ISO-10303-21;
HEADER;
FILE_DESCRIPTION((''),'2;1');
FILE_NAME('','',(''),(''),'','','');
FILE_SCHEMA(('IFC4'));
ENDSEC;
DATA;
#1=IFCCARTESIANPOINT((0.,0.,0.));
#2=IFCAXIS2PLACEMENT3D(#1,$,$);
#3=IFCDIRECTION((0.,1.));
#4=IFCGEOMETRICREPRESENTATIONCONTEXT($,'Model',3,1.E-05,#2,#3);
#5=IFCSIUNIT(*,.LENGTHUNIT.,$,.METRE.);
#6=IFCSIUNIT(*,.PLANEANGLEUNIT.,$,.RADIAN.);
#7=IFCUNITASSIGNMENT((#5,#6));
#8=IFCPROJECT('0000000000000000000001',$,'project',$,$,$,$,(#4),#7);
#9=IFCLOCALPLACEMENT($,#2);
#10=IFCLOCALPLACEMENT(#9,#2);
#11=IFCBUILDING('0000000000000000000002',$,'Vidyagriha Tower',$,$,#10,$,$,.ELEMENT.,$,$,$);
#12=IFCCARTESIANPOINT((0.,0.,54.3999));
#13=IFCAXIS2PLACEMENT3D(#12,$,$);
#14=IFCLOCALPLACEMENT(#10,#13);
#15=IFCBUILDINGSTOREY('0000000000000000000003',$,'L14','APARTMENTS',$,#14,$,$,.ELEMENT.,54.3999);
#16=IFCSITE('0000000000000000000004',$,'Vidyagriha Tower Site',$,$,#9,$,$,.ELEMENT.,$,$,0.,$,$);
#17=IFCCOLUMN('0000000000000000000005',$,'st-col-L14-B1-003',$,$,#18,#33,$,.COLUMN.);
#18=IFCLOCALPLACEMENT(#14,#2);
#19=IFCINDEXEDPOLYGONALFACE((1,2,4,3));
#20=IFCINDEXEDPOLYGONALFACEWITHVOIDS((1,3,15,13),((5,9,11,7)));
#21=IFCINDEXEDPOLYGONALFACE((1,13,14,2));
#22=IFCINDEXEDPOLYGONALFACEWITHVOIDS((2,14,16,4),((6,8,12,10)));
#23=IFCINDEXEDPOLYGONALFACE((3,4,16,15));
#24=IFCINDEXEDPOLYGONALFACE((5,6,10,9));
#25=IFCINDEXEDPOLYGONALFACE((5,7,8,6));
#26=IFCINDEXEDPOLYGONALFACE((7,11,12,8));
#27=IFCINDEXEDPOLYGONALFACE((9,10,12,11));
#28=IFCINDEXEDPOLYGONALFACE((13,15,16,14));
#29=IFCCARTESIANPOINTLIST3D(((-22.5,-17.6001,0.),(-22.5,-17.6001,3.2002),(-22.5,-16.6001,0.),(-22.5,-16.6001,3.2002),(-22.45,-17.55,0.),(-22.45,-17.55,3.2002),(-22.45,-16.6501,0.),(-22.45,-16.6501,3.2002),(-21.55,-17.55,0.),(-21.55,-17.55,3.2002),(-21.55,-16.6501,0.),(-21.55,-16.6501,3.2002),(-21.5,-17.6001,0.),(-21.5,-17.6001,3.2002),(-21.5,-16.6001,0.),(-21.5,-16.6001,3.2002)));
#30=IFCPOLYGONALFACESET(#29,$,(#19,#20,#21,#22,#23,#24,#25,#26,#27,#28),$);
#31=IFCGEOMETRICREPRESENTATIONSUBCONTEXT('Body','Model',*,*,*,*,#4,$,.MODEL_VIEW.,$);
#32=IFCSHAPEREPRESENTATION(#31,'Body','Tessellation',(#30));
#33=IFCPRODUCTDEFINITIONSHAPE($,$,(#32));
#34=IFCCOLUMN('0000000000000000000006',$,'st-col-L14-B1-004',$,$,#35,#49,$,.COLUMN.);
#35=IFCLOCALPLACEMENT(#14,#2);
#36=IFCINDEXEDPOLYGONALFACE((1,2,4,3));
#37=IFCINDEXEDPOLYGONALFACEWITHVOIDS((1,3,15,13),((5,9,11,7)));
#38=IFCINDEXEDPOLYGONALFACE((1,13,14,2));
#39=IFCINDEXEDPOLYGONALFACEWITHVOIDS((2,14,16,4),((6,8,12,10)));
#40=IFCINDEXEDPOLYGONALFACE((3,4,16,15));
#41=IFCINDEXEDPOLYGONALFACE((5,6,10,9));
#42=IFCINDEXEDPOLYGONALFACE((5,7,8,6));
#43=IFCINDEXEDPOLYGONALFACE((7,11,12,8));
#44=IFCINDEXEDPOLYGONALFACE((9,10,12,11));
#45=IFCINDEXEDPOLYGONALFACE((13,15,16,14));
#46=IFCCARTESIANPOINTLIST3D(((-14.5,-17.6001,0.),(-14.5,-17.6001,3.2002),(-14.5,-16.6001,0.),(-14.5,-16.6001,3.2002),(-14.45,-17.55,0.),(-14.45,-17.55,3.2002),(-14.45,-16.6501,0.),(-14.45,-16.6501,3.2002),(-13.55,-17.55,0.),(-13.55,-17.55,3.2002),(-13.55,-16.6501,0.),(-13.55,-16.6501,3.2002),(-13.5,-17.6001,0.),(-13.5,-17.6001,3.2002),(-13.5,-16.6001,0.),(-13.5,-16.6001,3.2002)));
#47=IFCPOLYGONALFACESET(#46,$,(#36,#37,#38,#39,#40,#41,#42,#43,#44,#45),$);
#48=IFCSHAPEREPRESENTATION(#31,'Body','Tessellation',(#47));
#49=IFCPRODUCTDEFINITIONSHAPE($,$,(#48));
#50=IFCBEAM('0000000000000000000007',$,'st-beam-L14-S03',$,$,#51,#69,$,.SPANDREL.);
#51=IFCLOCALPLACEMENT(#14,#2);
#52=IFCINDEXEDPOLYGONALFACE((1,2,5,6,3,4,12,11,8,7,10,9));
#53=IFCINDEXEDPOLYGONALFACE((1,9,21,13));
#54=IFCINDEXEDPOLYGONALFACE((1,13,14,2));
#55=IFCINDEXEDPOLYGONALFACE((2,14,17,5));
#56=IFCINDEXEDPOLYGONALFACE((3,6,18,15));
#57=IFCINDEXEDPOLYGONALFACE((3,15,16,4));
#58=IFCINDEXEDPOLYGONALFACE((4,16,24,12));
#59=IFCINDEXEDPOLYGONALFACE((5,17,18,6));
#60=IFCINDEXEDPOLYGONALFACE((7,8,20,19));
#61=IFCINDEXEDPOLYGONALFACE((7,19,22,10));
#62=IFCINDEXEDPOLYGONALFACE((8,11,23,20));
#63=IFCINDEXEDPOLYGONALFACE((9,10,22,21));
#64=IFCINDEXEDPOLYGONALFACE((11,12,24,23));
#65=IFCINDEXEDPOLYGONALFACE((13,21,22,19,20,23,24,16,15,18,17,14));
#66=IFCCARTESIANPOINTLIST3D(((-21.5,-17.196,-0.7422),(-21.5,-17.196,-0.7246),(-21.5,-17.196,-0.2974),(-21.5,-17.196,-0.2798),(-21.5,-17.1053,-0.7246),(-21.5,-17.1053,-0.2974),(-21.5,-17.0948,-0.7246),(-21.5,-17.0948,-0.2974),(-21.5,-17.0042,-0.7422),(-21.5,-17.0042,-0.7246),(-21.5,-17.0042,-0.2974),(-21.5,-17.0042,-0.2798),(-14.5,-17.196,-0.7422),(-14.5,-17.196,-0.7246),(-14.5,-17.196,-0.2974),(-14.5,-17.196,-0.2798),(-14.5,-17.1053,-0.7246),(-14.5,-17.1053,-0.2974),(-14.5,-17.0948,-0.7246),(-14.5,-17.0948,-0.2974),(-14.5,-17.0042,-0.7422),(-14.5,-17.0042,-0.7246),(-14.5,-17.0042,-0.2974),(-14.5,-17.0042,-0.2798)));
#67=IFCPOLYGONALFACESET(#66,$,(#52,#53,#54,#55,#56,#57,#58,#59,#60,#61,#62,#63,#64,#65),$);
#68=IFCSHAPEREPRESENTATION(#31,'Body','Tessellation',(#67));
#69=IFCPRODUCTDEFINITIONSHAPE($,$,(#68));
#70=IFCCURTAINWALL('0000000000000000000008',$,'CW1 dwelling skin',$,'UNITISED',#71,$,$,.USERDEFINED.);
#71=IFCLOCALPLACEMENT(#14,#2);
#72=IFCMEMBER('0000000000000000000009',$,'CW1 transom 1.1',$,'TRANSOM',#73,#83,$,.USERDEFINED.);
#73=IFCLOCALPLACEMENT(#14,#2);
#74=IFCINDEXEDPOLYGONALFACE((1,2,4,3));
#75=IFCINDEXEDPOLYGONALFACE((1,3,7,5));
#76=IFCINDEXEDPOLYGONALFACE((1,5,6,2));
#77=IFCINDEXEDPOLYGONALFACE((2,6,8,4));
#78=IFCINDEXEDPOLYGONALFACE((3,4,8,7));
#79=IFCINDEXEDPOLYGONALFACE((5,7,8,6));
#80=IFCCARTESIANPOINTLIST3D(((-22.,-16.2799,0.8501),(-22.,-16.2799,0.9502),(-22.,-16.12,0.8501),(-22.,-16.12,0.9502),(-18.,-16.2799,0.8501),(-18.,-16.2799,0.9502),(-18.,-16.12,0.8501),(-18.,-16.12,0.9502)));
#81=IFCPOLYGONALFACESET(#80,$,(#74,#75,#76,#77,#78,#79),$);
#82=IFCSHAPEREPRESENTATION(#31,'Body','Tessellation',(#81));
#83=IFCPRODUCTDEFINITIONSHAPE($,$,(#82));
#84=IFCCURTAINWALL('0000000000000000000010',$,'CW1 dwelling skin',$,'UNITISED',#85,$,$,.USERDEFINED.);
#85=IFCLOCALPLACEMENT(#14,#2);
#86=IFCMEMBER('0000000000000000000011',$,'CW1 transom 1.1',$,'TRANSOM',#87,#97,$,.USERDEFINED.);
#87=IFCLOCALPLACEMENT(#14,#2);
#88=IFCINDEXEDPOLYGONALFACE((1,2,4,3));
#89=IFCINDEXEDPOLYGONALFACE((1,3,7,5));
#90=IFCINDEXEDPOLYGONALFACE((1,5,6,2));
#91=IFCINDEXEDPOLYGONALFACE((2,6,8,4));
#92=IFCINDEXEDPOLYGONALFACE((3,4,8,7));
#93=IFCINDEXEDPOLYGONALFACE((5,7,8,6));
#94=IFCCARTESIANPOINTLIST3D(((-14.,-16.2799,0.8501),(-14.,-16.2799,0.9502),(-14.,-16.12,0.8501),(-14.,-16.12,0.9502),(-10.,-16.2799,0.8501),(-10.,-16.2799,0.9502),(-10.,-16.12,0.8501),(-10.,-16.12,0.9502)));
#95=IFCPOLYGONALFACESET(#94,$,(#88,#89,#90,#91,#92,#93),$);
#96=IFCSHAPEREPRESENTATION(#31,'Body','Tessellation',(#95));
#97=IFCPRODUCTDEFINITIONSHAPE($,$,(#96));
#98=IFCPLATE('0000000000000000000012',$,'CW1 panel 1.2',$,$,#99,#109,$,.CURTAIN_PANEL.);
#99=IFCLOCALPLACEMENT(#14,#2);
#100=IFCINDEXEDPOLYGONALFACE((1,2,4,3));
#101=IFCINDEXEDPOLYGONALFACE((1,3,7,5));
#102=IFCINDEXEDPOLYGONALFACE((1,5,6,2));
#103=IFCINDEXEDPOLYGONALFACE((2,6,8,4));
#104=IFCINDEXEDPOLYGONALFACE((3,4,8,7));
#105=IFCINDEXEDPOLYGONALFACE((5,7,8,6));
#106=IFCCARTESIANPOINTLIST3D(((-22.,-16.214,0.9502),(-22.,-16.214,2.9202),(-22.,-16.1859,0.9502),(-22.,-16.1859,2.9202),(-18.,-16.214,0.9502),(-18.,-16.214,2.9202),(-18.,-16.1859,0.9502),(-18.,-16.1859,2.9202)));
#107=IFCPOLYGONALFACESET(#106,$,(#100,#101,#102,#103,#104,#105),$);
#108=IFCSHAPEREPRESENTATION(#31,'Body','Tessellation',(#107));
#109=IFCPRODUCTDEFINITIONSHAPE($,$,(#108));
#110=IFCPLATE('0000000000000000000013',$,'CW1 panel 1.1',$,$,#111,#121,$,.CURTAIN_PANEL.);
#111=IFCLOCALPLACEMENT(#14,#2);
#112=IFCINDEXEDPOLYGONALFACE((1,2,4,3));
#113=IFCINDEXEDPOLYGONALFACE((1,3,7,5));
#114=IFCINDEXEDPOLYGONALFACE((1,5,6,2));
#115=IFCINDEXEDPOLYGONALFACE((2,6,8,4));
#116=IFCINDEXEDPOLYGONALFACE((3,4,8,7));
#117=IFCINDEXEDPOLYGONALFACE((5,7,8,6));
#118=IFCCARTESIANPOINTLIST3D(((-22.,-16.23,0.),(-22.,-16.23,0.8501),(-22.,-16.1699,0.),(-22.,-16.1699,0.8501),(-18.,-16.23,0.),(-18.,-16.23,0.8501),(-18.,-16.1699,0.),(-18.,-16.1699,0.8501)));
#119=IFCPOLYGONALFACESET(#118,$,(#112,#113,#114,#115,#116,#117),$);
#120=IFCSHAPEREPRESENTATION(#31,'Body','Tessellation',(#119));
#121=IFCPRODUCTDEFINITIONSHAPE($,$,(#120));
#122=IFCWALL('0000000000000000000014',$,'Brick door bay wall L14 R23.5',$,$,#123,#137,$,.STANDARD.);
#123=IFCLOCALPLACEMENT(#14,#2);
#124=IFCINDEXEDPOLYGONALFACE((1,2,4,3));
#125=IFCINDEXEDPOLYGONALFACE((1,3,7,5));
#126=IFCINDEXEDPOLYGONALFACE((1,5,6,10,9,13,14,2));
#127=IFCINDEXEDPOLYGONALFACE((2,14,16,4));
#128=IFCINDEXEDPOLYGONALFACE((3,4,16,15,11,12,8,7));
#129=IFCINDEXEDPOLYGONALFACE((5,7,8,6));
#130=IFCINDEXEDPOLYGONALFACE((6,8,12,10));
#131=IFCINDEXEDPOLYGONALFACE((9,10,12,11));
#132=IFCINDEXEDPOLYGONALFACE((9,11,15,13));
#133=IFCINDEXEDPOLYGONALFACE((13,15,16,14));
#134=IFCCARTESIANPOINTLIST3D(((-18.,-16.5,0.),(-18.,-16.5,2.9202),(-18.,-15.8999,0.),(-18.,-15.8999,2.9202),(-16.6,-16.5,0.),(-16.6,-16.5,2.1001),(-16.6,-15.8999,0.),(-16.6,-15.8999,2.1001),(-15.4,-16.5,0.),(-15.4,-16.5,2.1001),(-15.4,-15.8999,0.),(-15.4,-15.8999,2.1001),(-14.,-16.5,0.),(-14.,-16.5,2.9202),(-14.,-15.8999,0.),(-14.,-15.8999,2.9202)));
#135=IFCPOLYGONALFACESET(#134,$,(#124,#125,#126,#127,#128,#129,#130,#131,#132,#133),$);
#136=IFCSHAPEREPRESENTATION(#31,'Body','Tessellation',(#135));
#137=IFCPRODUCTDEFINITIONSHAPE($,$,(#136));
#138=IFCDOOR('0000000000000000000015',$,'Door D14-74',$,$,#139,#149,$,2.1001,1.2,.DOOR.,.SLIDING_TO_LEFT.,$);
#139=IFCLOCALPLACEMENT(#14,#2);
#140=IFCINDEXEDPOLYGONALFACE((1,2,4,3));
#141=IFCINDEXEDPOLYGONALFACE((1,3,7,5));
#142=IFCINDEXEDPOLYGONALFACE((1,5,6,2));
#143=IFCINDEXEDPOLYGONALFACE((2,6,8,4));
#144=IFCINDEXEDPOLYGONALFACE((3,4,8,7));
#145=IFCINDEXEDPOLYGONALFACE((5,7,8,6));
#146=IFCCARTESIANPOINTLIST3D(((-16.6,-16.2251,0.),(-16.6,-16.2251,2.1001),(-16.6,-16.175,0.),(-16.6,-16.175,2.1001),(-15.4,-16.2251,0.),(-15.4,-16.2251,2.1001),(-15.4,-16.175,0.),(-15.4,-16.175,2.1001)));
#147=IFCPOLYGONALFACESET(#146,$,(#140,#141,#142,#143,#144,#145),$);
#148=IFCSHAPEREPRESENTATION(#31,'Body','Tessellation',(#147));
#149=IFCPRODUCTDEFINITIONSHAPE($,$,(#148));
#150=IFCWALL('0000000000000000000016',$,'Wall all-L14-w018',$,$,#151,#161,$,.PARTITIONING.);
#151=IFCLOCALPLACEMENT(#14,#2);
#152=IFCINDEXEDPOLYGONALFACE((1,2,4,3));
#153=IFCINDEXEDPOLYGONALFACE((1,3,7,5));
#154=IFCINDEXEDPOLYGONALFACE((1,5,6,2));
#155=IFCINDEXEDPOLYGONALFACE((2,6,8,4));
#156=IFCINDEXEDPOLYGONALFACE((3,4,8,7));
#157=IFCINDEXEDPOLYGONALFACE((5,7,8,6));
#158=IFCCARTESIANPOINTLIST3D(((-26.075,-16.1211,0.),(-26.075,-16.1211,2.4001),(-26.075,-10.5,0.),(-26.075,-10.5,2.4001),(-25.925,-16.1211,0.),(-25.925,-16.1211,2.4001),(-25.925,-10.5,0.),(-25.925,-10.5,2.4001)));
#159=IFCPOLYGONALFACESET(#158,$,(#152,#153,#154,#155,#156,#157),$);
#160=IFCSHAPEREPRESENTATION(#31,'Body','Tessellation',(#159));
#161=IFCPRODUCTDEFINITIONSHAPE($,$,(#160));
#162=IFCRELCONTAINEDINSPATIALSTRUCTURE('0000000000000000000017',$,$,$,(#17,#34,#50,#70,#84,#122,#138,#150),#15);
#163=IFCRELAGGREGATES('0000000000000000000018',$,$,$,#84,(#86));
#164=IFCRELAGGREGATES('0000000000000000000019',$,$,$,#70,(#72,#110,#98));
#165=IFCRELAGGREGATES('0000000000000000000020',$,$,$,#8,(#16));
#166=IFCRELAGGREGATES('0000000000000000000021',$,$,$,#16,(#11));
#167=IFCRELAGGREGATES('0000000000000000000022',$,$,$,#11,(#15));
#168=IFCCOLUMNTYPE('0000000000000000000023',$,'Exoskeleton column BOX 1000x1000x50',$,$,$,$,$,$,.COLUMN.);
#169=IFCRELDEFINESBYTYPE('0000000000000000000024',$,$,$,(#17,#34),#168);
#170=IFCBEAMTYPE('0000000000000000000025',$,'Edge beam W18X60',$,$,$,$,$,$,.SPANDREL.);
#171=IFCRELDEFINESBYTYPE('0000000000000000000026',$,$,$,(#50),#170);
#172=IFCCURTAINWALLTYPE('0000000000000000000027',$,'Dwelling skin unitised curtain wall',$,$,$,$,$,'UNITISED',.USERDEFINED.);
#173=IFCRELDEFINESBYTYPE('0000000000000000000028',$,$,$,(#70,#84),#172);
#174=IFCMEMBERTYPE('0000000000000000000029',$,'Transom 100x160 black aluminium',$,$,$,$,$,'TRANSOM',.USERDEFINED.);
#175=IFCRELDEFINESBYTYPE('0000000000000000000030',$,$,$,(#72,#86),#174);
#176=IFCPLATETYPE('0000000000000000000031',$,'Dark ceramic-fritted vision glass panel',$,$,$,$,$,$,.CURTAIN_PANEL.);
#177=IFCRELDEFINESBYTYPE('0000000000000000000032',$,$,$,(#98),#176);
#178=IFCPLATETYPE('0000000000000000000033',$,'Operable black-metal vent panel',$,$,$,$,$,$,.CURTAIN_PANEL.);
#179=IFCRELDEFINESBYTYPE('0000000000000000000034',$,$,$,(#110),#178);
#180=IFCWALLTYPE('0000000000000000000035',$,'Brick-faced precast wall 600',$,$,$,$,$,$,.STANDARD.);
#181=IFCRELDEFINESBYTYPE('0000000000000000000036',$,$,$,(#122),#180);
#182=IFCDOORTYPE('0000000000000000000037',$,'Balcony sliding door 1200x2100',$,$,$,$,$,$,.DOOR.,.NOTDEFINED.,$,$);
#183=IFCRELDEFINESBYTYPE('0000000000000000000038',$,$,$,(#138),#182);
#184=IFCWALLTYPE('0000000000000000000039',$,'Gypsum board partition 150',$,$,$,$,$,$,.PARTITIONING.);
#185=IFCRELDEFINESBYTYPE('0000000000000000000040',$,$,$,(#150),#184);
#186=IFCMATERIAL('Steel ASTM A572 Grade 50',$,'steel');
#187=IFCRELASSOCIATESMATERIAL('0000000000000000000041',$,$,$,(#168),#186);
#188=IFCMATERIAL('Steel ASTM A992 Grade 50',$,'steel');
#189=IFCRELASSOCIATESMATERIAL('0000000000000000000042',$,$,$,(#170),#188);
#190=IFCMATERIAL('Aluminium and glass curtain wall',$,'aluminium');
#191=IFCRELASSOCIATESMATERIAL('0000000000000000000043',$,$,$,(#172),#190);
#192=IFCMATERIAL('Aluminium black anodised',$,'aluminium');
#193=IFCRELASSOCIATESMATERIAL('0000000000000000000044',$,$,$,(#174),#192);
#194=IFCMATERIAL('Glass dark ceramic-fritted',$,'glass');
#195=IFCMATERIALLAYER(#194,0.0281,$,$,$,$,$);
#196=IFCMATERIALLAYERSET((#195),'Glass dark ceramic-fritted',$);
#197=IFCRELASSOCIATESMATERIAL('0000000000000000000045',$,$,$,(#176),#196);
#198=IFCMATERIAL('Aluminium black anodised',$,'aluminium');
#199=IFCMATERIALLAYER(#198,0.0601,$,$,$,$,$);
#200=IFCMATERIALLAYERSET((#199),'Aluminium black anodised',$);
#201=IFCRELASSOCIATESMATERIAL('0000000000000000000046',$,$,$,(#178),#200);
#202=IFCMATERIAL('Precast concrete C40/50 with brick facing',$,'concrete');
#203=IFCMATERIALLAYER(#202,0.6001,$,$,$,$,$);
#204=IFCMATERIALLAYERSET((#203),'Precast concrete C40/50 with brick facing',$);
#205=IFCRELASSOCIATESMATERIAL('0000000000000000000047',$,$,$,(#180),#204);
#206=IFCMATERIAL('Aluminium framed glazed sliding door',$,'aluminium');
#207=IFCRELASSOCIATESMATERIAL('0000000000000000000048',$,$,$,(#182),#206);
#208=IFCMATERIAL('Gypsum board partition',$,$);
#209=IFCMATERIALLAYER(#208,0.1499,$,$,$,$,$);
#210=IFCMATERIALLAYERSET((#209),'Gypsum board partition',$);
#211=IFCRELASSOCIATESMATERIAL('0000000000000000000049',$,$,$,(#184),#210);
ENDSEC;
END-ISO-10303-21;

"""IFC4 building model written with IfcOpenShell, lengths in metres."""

from ifc_helpers import new_model, si_unit, direction, frame, frame_2d, origin, origin_2d, place, context, subcontext, project, spatial, rectangle, hollow_rectangle, i_section, extrude, material, layer, layer_set, material_profile, profile_set, type_object, element, fill, aggregate, save


model = new_model("IFC4")

# Units and contexts
model_context = context("Model", 3, precision=1e-05, world=origin(), true_north=direction((0.0, 1.0)))
body_context = subcontext(model_context, "Body", "Model", "MODEL_VIEW")
ifc_project = project(units=[si_unit("LENGTHUNIT", "METRE"), si_unit("PLANEANGLEUNIT", "RADIAN")], contexts=[model_context])

# Site, building, storey
site_placement = place(None, origin())
site = spatial("IfcSite", under=ifc_project, at=site_placement, Name="Vidyagriha Tower Site", CompositionType="ELEMENT", RefElevation=0.0)
building_placement = place(site_placement, origin())
building = spatial("IfcBuilding", under=site, at=building_placement, Name="Vidyagriha Tower", CompositionType="ELEMENT")
storey_placement = place(building_placement, frame((0.0, 0.0, 54.3999)))
storey = spatial("IfcBuildingStorey", under=building, at=storey_placement, Name="L14", Description="APARTMENTS", CompositionType="ELEMENT", Elevation=54.3999)

# Columns
ifc_material_1 = material(Name="Steel ASTM A572 Grade 50", Category="steel")
ifc_material_profile_1 = material_profile(ifc_material_1, hollow_rectangle(XDim=1.0, YDim=1.0, WallThickness=0.05, at=origin_2d()), Name="BOX 1000x1000x50")
ifc_profile_set_1 = profile_set([ifc_material_profile_1], Name="Steel ASTM A572 Grade 50")
column_type = type_object("IfcColumnType", Name="Exoskeleton column BOX 1000x1000x50", PredefinedType="COLUMN", material=ifc_profile_set_1)
for number, where, name in (
    (1, (-22.0, -17.1001, 0.0), "st-col-L14-B1-003"),
    (2, (-14.0, -17.1001, 0.0), "st-col-L14-B1-004"),
):
    element("IfcColumn", number, at=place(storey_placement, frame(where)), inside=storey, type_object=column_type, Name=name, PredefinedType="COLUMN", context=body_context, shape_type="SweptSolid", body=[
        extrude(hollow_rectangle(XDim=1.0, YDim=1.0, WallThickness=0.05, at=origin_2d()), origin(), (0.0, 0.0, 1.0), 3.2002),
    ])

# Beam
ifc_material_2 = material(Name="Steel ASTM A992 Grade 50", Category="steel")
ifc_material_profile_2 = material_profile(ifc_material_2, i_section(OverallWidth=0.1919, OverallDepth=0.4624, WebThickness=0.0105, FlangeThickness=0.0176, at=origin_2d()), Name="W18X60")
ifc_profile_set_2 = profile_set([ifc_material_profile_2], Name="Steel ASTM A992 Grade 50")
beam_type = type_object("IfcBeamType", Name="Edge beam W18X60", PredefinedType="SPANDREL", material=ifc_profile_set_2)
beam_placement = place(storey_placement, frame((-21.5, -17.1001, -0.511), z_axis=(1.0, 0.0, 0.0), x_axis=(0.0, 1.0, 0.0)))
element("IfcBeam", 3, at=beam_placement, inside=storey, type_object=beam_type, Name="st-beam-L14-S03", PredefinedType="SPANDREL", context=body_context, shape_type="SweptSolid", body=[
    extrude(i_section(OverallWidth=0.1919, OverallDepth=0.4624, WebThickness=0.0105, FlangeThickness=0.0176, at=origin_2d()), origin(), (0.0, 0.0, 1.0), 7.0),
])

# Curtain walls, members
ifc_material_3 = material(Name="Aluminium and glass curtain wall", Category="aluminium")
curtain_wall_type = type_object("IfcCurtainWallType", Name="Dwelling skin unitised curtain wall", ElementType="UNITISED", PredefinedType="USERDEFINED", material=ifc_material_3)
curtain_wall_1_placement = place(storey_placement, origin())
curtain_wall_1 = element("IfcCurtainWall", 4, at=curtain_wall_1_placement, inside=storey, type_object=curtain_wall_type, Name="CW1 dwelling skin", ObjectType="UNITISED", PredefinedType="USERDEFINED")
ifc_material_4 = material(Name="Aluminium black anodised", Category="aluminium")
ifc_material_profile_3 = material_profile(ifc_material_4, rectangle(XDim=0.1599, YDim=0.1001, at=origin_2d()), Name="Transom 100x160 black aluminium")
ifc_profile_set_3 = profile_set([ifc_material_profile_3], Name="Aluminium black anodised")
member_type = type_object("IfcMemberType", Name="Transom 100x160 black aluminium", ElementType="TRANSOM", PredefinedType="USERDEFINED", material=ifc_profile_set_3)
member_1_placement = place(storey_placement, frame((-22.0, -16.2, 0.9001), z_axis=(1.0, 0.0, 0.0), x_axis=(0.0, 1.0, 0.0)))
member_1 = element("IfcMember", 5, at=member_1_placement, type_object=member_type, Name="CW1 transom 1.1", ObjectType="TRANSOM", PredefinedType="USERDEFINED", context=body_context, shape_type="SweptSolid", body=[
    extrude(rectangle(XDim=0.1599, YDim=0.1001, at=origin_2d()), origin(), (0.0, 0.0, 1.0), 4.0),
])
curtain_wall_2_placement = place(storey_placement, origin())
curtain_wall_2 = element("IfcCurtainWall", 6, at=curtain_wall_2_placement, inside=storey, type_object=curtain_wall_type, Name="CW1 dwelling skin", ObjectType="UNITISED", PredefinedType="USERDEFINED")
member_2_placement = place(storey_placement, frame((-14.0, -16.2, 0.9001), z_axis=(1.0, 0.0, 0.0), x_axis=(0.0, 1.0, 0.0)))
member_2 = element("IfcMember", 7, at=member_2_placement, type_object=member_type, Name="CW1 transom 1.1", ObjectType="TRANSOM", PredefinedType="USERDEFINED", context=body_context, shape_type="SweptSolid", body=[
    extrude(rectangle(XDim=0.1599, YDim=0.1001, at=origin_2d()), origin(), (0.0, 0.0, 1.0), 4.0),
])
aggregate(curtain_wall_2, [member_2])

# Plates
ifc_material_5 = material(Name="Glass dark ceramic-fritted", Category="glass")
ifc_layer_1 = layer(ifc_material_5, 0.0281)
ifc_layer_set_1 = layer_set([ifc_layer_1], Name="Glass dark ceramic-fritted")
plate_type_1 = type_object("IfcPlateType", Name="Dark ceramic-fritted vision glass panel", PredefinedType="CURTAIN_PANEL", material=ifc_layer_set_1)
plate_1_placement = place(storey_placement, frame((-20.0, -16.2, 0.9502)))
plate_1 = element("IfcPlate", 8, at=plate_1_placement, type_object=plate_type_1, Name="CW1 panel 1.2", PredefinedType="CURTAIN_PANEL", context=body_context, shape_type="SweptSolid", body=[
    extrude(rectangle(XDim=4.0, YDim=0.0281, at=origin_2d()), origin(), (0.0, 0.0, 1.0), 1.97),
])
ifc_material_6 = material(Name="Aluminium black anodised", Category="aluminium")
ifc_layer_2 = layer(ifc_material_6, 0.0601)
ifc_layer_set_2 = layer_set([ifc_layer_2], Name="Aluminium black anodised")
plate_type_2 = type_object("IfcPlateType", Name="Operable black-metal vent panel", PredefinedType="CURTAIN_PANEL", material=ifc_layer_set_2)
plate_2_placement = place(storey_placement, frame((-20.0, -16.2, 0.0)))
plate_2 = element("IfcPlate", 9, at=plate_2_placement, type_object=plate_type_2, Name="CW1 panel 1.1", PredefinedType="CURTAIN_PANEL", context=body_context, shape_type="SweptSolid", body=[
    extrude(rectangle(XDim=4.0, YDim=0.0601, at=origin_2d()), origin(), (0.0, 0.0, 1.0), 0.8501),
])
aggregate(curtain_wall_1, [member_1, plate_2, plate_1])

# Wall, opening, door
ifc_material_7 = material(Name="Precast concrete C40/50 with brick facing", Category="concrete")
ifc_layer_3 = layer(ifc_material_7, 0.6001)
ifc_layer_set_3 = layer_set([ifc_layer_3], Name="Precast concrete C40/50 with brick facing")
wall_type_1 = type_object("IfcWallType", Name="Brick-faced precast wall 600", PredefinedType="STANDARD", material=ifc_layer_set_3)
wall_1_placement = place(storey_placement, frame((-18.0, -16.2, 0.0)))
wall_1 = element("IfcWall", 10, at=wall_1_placement, inside=storey, type_object=wall_type_1, Name="Brick door bay wall L14 R23.5", PredefinedType="STANDARD", context=body_context, shape_type="SweptSolid", body=[
    extrude(rectangle(XDim=4.0, YDim=0.6001, at=frame_2d((2.0, 0.0))), origin(), (0.0, 0.0, 1.0), 2.9202),
])
opening_placement = place(wall_1_placement, frame((1.3999, 0.0, 0.0)))
opening = element("IfcOpeningElement", 11, at=opening_placement, cuts=wall_1, PredefinedType="OPENING", context=body_context, shape_type="SweptSolid", body=[
    extrude(rectangle(XDim=1.2, YDim=2.1001, at=frame_2d((0.6001, 1.05))), frame((0.0, 0.3101, 0.0), z_axis=(0.0, -1.0, 0.0), x_axis=(1.0, 0.0, 0.0)), (0.0, 0.0, 1.0), 0.6201),
])
ifc_material_8 = material(Name="Aluminium framed glazed sliding door", Category="aluminium")
door_type = type_object("IfcDoorType", Name="Balcony sliding door 1200x2100", OperationType="NOTDEFINED", PredefinedType="DOOR", material=ifc_material_8)
door_placement = place(opening_placement, origin())
door = element("IfcDoor", 12, at=door_placement, inside=storey, type_object=door_type, Name="Door D14-74", OperationType="SLIDING_TO_LEFT", OverallHeight=2.1001, OverallWidth=1.2, PredefinedType="DOOR", context=body_context, shape_type="SweptSolid", body=[
    extrude(rectangle(XDim=1.2, YDim=2.1001, at=frame_2d((0.6001, 1.05))), frame((0.0, 0.0249, 0.0), z_axis=(0.0, -1.0, 0.0), x_axis=(1.0, 0.0, 0.0)), (0.0, 0.0, 1.0), 0.05),
])
fill(opening, door)

# Wall
ifc_material_9 = material(Name="Gypsum board partition")
ifc_layer_4 = layer(ifc_material_9, 0.1499)
ifc_layer_set_4 = layer_set([ifc_layer_4], Name="Gypsum board partition")
wall_type_2 = type_object("IfcWallType", Name="Gypsum board partition 150", PredefinedType="PARTITIONING", material=ifc_layer_set_4)
wall_2_placement = place(storey_placement, frame((-26.0, -10.5, 0.0), z_axis=(0.0, 0.0, 1.0), x_axis=(0.0, -1.0, 0.0)))
element("IfcWall", 13, at=wall_2_placement, inside=storey, type_object=wall_type_2, Name="Wall all-L14-w018", PredefinedType="PARTITIONING", context=body_context, shape_type="SweptSolid", body=[
    extrude(rectangle(XDim=5.6211, YDim=0.1499, at=frame_2d((2.8105, 0.0))), origin(), (0.0, 0.0, 1.0), 2.4001),
])

save(model, "model.ifc")
